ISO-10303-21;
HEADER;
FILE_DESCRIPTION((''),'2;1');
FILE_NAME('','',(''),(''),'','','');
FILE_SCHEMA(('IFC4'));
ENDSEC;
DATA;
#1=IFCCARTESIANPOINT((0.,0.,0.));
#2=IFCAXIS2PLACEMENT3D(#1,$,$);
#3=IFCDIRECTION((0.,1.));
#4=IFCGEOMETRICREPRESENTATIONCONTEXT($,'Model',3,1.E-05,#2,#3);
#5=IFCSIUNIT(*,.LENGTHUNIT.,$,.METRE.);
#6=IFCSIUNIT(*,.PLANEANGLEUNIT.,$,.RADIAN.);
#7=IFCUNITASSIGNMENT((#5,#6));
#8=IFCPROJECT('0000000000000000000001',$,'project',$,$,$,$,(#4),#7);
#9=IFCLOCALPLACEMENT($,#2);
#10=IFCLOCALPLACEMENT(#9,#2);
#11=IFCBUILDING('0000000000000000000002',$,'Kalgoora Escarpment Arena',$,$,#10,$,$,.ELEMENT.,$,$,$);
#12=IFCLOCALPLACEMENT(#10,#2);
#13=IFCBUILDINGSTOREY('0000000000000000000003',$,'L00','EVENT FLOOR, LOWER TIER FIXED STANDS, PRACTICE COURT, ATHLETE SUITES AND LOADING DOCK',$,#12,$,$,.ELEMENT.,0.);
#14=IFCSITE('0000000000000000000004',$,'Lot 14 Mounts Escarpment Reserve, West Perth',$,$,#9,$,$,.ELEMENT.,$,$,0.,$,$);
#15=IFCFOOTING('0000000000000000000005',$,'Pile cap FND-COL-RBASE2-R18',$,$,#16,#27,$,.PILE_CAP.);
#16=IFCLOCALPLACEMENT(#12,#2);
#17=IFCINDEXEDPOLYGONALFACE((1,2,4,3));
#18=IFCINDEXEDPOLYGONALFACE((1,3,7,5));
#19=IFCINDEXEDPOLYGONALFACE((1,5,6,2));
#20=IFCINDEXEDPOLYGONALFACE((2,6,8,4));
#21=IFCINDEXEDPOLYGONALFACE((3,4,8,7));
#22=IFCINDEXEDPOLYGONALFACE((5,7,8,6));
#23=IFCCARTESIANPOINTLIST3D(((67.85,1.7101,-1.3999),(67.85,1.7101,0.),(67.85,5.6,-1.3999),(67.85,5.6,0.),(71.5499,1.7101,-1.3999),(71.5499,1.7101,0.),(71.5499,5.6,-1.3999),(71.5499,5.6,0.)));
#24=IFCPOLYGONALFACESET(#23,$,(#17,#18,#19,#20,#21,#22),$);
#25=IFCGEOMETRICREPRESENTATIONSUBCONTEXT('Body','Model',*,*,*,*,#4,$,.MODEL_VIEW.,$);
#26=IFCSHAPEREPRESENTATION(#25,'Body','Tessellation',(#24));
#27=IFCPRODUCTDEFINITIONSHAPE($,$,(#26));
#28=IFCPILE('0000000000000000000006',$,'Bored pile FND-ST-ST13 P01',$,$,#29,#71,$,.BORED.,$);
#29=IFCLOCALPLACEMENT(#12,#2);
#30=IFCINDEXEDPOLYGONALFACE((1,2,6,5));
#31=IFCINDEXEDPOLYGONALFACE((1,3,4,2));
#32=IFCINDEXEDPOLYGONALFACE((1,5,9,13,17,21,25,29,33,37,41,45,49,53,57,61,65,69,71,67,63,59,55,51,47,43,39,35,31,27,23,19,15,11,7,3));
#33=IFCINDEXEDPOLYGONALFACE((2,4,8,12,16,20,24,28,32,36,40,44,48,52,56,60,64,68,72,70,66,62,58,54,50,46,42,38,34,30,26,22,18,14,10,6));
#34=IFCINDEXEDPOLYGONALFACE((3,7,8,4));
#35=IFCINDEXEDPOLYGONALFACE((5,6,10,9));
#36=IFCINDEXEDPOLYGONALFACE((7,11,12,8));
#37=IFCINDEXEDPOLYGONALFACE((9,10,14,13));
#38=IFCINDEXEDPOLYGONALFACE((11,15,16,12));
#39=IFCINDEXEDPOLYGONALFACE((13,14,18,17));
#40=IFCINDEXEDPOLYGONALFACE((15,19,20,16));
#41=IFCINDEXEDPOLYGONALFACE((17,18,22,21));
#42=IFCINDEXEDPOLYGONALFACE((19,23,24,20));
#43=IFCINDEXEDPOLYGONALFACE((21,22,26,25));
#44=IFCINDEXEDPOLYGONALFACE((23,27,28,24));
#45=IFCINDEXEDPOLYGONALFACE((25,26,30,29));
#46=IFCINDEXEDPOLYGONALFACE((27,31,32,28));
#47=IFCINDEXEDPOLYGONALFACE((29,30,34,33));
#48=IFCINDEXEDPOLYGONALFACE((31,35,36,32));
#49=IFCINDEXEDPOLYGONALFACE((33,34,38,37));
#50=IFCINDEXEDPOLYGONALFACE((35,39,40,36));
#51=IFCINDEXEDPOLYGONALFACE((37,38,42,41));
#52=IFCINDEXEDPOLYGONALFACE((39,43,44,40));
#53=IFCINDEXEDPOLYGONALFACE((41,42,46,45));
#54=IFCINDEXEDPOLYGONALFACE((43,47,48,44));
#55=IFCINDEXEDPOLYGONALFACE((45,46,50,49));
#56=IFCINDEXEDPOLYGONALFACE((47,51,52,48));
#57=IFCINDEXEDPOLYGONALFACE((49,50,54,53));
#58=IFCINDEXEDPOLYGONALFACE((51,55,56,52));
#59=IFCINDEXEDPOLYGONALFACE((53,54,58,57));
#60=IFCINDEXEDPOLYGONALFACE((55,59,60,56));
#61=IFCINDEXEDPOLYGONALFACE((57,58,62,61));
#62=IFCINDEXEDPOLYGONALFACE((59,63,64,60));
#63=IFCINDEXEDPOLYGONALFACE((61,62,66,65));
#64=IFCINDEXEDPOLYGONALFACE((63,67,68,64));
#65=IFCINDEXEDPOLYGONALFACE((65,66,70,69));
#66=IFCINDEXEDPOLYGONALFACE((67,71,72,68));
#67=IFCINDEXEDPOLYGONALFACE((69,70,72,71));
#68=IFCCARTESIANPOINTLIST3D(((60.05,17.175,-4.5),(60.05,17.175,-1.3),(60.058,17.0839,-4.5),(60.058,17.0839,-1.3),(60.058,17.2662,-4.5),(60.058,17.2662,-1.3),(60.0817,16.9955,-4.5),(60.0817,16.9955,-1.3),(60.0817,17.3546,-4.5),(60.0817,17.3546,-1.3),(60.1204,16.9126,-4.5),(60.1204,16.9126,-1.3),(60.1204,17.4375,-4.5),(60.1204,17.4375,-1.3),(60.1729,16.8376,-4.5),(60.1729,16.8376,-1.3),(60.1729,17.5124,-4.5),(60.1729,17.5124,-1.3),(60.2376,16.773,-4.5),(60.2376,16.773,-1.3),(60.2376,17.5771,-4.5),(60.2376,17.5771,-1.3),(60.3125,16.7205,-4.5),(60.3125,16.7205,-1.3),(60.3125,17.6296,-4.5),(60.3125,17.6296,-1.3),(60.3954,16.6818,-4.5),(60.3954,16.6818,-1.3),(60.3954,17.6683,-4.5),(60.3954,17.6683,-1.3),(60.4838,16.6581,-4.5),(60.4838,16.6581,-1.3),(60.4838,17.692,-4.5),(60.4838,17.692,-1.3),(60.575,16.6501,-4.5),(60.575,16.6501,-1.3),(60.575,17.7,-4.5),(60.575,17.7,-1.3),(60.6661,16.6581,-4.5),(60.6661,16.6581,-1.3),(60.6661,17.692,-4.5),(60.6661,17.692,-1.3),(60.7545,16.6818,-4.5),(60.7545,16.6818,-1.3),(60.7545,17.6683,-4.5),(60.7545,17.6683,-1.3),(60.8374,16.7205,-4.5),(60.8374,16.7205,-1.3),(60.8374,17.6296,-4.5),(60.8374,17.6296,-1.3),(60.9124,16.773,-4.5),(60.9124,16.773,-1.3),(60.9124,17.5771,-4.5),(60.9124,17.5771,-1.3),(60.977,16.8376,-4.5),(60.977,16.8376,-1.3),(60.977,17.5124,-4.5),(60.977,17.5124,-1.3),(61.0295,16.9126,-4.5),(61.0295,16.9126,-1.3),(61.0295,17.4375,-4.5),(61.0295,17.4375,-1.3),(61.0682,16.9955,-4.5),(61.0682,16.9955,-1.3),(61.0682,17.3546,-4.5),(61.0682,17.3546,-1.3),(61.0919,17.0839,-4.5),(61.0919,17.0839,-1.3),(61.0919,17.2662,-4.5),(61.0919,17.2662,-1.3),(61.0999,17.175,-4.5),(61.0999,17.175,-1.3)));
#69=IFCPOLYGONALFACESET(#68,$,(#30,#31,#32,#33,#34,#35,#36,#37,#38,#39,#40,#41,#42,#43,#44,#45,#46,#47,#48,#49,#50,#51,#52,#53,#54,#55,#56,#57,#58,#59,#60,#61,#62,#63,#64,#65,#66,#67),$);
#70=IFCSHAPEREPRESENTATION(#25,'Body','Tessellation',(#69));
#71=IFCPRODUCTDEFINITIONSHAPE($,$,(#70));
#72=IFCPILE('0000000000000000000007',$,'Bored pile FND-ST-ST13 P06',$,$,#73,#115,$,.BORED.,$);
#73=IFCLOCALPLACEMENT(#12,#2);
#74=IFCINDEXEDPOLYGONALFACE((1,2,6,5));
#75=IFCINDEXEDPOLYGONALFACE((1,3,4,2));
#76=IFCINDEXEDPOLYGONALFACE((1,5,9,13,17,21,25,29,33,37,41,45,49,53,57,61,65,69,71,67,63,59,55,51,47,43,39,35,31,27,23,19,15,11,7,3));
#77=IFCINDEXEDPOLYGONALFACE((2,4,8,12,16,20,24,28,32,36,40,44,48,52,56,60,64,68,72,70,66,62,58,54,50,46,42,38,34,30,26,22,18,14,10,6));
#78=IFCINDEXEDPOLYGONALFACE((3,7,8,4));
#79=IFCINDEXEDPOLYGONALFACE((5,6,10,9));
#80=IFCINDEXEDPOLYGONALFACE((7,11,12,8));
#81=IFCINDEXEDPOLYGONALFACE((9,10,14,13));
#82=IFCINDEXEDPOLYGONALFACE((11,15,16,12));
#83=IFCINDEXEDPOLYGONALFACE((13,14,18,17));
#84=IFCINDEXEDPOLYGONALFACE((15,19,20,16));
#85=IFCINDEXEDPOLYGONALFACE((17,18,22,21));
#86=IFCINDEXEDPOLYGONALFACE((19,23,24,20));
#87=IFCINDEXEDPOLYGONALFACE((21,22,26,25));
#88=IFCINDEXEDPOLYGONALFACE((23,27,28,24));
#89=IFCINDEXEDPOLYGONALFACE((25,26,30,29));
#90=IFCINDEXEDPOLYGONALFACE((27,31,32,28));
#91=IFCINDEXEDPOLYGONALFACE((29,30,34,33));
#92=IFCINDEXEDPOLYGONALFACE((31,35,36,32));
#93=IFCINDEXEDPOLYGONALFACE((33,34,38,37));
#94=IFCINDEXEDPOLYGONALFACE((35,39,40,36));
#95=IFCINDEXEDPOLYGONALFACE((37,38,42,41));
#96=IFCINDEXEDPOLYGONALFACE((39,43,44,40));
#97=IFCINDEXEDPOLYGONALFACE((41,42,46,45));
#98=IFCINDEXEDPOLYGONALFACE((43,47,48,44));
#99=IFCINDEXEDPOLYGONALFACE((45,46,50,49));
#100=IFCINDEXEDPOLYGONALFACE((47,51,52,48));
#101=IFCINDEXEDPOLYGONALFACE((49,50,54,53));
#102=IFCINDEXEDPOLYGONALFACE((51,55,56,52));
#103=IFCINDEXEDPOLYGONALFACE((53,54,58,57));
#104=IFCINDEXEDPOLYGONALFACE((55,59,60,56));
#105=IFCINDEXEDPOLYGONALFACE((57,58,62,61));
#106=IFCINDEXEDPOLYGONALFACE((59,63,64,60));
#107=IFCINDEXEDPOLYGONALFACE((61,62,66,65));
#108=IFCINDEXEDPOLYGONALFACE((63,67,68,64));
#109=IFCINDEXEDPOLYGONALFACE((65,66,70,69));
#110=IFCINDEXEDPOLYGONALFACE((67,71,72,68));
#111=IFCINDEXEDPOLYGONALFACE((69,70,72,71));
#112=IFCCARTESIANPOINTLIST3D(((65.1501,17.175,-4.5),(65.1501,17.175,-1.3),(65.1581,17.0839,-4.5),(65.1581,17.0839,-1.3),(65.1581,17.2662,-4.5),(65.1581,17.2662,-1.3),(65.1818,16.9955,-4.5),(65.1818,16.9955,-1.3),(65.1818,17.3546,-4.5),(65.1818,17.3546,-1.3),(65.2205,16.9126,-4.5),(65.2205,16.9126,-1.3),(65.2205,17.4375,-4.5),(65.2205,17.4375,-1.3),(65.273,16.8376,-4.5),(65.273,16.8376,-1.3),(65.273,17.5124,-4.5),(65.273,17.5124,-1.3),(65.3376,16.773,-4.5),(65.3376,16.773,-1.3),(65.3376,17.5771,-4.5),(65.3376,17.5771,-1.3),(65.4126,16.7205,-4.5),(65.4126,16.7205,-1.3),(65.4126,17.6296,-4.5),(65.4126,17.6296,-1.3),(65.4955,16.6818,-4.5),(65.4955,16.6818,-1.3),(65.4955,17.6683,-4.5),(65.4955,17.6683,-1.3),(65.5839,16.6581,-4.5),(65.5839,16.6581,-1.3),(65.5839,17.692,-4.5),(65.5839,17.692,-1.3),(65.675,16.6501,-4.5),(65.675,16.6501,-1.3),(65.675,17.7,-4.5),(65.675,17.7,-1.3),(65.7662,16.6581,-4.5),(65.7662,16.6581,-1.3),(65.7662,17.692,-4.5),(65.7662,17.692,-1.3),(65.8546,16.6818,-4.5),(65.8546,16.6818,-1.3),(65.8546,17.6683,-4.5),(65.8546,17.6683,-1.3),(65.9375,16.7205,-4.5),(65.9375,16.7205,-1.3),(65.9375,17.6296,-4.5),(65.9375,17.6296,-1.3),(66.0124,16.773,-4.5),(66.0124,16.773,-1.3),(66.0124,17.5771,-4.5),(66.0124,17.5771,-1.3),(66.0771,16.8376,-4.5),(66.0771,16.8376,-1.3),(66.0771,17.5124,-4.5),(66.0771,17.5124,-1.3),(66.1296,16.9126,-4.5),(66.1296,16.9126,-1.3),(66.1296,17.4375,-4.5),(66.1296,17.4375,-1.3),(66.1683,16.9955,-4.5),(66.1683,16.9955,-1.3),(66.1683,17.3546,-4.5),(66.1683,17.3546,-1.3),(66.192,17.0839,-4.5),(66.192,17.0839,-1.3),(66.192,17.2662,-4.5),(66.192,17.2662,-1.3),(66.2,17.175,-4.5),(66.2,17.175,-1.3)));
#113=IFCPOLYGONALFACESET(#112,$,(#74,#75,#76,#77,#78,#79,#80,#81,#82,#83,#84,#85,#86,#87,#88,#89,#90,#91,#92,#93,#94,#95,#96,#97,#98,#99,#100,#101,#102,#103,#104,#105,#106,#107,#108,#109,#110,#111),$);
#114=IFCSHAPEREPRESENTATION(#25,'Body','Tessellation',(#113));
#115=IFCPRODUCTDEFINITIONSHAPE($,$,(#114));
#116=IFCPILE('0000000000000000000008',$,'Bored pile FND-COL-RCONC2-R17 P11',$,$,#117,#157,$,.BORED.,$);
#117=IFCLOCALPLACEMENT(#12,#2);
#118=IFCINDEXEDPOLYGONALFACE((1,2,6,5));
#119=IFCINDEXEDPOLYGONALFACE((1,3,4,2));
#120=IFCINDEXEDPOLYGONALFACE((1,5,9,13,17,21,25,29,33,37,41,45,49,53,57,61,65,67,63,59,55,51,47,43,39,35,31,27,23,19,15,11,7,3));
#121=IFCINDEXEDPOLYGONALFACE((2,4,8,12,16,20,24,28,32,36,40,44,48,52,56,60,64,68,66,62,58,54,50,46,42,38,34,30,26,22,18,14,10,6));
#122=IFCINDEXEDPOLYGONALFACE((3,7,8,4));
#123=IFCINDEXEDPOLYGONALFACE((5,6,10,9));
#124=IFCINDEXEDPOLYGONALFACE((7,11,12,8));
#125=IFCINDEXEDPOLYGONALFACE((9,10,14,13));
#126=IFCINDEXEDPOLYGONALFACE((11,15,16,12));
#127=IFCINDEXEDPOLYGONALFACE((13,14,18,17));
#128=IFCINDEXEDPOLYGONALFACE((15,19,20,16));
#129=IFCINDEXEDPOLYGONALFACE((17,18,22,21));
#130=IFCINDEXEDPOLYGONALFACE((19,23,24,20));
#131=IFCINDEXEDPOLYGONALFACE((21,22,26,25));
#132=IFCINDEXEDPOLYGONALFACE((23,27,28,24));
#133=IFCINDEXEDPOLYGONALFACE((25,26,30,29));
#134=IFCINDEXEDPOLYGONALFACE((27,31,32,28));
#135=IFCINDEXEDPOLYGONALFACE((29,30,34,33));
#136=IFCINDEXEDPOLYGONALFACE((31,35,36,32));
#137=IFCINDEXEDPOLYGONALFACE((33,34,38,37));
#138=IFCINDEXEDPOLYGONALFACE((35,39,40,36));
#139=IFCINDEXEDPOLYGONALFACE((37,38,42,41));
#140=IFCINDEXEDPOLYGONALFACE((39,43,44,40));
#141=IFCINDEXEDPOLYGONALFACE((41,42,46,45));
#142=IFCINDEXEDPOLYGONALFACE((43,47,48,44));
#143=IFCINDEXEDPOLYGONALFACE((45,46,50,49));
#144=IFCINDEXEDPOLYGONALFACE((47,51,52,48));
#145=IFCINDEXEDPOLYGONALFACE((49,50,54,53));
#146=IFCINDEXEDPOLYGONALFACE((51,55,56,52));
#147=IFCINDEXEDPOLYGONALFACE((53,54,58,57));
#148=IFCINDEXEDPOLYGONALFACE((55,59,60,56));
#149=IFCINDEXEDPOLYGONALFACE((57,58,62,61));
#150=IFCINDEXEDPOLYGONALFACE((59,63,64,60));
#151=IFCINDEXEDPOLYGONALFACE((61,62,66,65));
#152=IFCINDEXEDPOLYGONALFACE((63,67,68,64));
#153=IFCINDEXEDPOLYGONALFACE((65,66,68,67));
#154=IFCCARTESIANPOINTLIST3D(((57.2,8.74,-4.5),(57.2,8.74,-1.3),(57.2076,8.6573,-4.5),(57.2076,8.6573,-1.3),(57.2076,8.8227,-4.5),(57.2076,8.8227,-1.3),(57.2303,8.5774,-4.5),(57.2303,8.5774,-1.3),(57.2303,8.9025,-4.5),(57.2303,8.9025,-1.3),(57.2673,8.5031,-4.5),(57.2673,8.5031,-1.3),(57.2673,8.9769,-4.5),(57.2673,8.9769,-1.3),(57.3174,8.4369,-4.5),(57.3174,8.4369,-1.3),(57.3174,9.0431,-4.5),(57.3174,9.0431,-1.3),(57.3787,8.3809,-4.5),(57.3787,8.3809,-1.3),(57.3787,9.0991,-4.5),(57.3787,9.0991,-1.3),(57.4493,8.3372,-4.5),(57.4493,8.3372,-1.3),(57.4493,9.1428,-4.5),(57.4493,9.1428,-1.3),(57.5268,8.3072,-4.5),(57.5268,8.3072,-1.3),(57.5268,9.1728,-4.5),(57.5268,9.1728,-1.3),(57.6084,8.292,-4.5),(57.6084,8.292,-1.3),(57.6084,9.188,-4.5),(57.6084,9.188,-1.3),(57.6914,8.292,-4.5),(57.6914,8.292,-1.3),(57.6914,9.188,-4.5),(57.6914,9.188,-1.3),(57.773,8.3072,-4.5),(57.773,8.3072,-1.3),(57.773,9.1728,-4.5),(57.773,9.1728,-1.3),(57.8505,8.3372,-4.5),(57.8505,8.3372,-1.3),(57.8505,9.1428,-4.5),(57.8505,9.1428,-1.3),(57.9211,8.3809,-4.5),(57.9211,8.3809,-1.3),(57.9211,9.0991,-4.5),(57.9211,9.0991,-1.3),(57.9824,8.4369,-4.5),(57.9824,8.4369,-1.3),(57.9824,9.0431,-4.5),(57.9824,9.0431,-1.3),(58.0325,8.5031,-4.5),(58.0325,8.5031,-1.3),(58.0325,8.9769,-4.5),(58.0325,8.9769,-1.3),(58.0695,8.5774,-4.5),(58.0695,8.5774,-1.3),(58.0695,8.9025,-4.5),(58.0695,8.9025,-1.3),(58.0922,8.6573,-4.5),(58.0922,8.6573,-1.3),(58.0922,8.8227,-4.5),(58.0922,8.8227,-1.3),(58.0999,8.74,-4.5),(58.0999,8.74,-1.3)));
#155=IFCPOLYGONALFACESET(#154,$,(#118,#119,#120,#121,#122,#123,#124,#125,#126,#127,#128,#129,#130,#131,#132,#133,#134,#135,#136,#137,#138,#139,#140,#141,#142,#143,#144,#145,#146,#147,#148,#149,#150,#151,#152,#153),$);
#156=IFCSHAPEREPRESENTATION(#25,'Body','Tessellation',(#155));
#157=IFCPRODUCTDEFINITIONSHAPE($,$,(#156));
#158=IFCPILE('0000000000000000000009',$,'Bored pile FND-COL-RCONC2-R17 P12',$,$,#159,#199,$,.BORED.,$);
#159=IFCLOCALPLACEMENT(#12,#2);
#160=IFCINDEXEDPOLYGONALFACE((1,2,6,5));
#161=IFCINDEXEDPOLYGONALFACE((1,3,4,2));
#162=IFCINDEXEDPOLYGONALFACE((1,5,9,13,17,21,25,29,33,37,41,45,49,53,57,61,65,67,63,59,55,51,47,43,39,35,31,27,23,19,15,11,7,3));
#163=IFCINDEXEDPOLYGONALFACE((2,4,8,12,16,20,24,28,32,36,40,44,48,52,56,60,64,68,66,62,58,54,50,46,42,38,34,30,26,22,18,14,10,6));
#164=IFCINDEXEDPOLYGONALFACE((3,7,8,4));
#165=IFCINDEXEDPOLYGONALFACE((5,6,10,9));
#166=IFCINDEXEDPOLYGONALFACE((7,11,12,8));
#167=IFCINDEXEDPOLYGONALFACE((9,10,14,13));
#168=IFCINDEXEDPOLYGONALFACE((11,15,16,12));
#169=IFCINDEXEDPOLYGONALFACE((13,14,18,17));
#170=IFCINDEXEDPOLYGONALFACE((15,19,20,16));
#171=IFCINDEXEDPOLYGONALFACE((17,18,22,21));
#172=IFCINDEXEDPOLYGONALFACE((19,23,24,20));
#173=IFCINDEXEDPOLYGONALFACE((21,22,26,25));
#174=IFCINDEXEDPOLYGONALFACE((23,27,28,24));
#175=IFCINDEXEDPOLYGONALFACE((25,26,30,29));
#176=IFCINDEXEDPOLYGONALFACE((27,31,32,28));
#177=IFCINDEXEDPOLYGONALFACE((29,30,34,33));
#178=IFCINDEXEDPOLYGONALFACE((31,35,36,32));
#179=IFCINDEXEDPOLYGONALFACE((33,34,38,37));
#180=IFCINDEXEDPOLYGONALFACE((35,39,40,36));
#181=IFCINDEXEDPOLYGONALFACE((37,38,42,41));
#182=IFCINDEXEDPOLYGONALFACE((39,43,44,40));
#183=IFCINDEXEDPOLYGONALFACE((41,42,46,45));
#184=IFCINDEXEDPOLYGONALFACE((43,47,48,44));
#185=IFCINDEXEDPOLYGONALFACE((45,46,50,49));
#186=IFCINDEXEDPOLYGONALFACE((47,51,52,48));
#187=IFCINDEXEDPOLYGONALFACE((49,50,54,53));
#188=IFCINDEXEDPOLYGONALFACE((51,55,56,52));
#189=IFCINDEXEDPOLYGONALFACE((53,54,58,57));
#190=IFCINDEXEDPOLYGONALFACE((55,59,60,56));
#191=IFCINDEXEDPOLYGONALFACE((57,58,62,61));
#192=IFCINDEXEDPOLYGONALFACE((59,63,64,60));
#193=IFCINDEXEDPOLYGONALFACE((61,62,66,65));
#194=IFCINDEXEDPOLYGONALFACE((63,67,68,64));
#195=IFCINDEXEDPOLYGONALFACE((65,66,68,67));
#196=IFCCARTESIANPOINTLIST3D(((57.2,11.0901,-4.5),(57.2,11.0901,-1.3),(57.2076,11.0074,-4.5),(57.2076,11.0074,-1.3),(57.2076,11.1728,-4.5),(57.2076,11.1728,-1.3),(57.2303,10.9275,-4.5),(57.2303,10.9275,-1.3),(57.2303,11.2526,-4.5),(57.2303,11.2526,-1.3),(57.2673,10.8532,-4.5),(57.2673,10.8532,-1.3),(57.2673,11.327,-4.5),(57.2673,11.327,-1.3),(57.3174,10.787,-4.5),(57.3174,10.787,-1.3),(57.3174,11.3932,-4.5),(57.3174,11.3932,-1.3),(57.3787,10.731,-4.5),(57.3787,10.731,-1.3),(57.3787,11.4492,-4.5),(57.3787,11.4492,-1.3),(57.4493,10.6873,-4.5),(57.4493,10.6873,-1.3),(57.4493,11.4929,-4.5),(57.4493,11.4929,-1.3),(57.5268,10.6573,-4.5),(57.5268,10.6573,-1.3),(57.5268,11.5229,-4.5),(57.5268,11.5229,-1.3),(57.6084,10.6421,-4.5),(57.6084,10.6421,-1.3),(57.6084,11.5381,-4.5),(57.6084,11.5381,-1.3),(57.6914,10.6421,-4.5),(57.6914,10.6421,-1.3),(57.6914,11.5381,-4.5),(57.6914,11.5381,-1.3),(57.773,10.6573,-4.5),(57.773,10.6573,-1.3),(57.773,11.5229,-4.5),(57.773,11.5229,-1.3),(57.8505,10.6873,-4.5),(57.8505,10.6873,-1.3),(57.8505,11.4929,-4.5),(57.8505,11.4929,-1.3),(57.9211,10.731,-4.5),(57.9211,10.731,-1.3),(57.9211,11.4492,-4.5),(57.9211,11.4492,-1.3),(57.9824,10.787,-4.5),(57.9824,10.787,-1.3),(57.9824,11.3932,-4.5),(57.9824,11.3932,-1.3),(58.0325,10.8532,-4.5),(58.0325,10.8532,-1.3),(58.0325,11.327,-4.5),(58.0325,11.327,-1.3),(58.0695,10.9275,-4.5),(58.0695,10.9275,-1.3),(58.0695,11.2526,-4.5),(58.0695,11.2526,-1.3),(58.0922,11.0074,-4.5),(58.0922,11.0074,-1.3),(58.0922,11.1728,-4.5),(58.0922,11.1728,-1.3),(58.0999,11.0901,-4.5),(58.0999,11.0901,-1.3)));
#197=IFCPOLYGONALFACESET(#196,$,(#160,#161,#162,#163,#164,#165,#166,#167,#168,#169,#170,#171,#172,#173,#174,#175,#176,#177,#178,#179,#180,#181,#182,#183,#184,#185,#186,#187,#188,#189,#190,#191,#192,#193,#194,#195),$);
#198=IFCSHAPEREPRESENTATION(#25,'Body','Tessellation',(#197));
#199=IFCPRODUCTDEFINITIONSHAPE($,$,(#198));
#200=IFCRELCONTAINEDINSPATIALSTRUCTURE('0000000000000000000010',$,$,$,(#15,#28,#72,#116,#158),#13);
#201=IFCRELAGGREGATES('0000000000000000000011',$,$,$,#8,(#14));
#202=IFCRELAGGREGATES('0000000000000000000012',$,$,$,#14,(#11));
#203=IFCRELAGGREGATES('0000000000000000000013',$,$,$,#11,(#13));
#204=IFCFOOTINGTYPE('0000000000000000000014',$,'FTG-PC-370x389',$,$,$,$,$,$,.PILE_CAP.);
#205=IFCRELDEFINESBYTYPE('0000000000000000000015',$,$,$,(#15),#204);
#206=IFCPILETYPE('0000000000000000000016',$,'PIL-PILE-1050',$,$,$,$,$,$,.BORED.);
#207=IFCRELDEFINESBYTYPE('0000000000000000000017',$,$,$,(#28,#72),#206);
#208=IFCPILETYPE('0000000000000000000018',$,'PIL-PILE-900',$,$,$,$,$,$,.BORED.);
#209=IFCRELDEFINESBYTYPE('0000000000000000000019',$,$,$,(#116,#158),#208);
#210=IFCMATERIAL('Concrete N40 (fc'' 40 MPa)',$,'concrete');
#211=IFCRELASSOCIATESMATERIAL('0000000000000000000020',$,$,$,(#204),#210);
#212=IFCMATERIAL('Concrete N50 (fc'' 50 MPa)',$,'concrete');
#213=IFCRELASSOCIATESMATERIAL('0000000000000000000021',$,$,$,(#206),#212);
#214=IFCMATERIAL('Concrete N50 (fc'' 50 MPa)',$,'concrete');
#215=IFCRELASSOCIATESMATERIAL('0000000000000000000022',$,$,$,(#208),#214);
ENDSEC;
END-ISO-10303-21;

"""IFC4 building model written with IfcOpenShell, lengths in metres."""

from ifc_helpers import new_model, si_unit, direction, frame, origin, origin_2d, place, context, subcontext, project, spatial, rectangle, circle, extrude, material, material_profile, profile_set, type_object, element, save


model = new_model("IFC4")

# Units and contexts
model_context = context("Model", 3, precision=1e-05, world=origin(), true_north=direction((0.0, 1.0)))
body_context = subcontext(model_context, "Body", "Model", "MODEL_VIEW")
ifc_project = project(units=[si_unit("LENGTHUNIT", "METRE"), si_unit("PLANEANGLEUNIT", "RADIAN")], contexts=[model_context])

# Site, building, storey
site_placement = place(None, origin())
site = spatial("IfcSite", under=ifc_project, at=site_placement, Name="Lot 14 Mounts Escarpment Reserve, West Perth", CompositionType="ELEMENT", RefElevation=0.0)
building_placement = place(site_placement, origin())
building = spatial("IfcBuilding", under=site, at=building_placement, Name="Kalgoora Escarpment Arena", CompositionType="ELEMENT")
storey_placement = place(building_placement, origin())
storey = spatial("IfcBuildingStorey", under=building, at=storey_placement, Name="L00", Description="EVENT FLOOR, LOWER TIER FIXED STANDS, PRACTICE COURT, ATHLETE SUITES AND LOADING DOCK", CompositionType="ELEMENT", Elevation=0.0)

# Footing
ifc_material_1 = material(Name="Concrete N40 (fc' 40 MPa)", Category="concrete")
footing_type = type_object("IfcFootingType", Name="FTG-PC-370x389", PredefinedType="PILE_CAP", material=ifc_material_1)
footing_placement = place(storey_placement, frame((69.7, 3.655, -1.3999), z_axis=(0.0, 0.0, 1.0), x_axis=(1.0, 0.0, 0.0)))
element("IfcFooting", 1, at=footing_placement, inside=storey, type_object=footing_type, Name="Pile cap FND-COL-RBASE2-R18", PredefinedType="PILE_CAP", context=body_context, shape_type="SweptSolid", body=[
    extrude(rectangle(XDim=3.7, YDim=3.8899, at=origin_2d()), origin(), (0.0, 0.0, 1.0), 1.3999),
])

# Piles
ifc_material_2 = material(Name="Concrete N50 (fc' 50 MPa)", Category="concrete")
ifc_material_profile_1 = material_profile(ifc_material_2, circle(Radius=0.5249, at=origin_2d()))
ifc_profile_set_1 = profile_set([ifc_material_profile_1], Name="Concrete N50 (fc' 50 MPa)")
pile_type_1 = type_object("IfcPileType", Name="PIL-PILE-1050", PredefinedType="BORED", material=ifc_profile_set_1)
for number, where, z_axis, x_axis, name in (
    (2, (60.575, 17.175, -1.3), (0.0, 0.0, -1.0), (1.0, 0.0, 0.0), "Bored pile FND-ST-ST13 P01"),
    (3, (65.675, 17.175, -1.3), (0.0, 0.0, -1.0), (1.0, 0.0, 0.0), "Bored pile FND-ST-ST13 P06"),
):
    element("IfcPile", number, at=place(storey_placement, frame(where, z_axis=z_axis, x_axis=x_axis)), inside=storey, type_object=pile_type_1, Name=name, PredefinedType="BORED", context=body_context, shape_type="SweptSolid", body=[
        extrude(circle(Radius=0.5249, at=origin_2d()), origin(), (0.0, 0.0, 1.0), 3.2),
    ])
ifc_material_3 = material(Name="Concrete N50 (fc' 50 MPa)", Category="concrete")
ifc_material_profile_2 = material_profile(ifc_material_3, circle(Radius=0.45, at=origin_2d()))
ifc_profile_set_2 = profile_set([ifc_material_profile_2], Name="Concrete N50 (fc' 50 MPa)")
pile_type_2 = type_object("IfcPileType", Name="PIL-PILE-900", PredefinedType="BORED", material=ifc_profile_set_2)
for number, where, z_axis, x_axis, name in (
    (4, (57.6499, 8.74, -1.3), (0.0, 0.0, -1.0), (1.0, 0.0, 0.0), "Bored pile FND-COL-RCONC2-R17 P11"),
    (5, (57.6499, 11.0901, -1.3), (0.0, 0.0, -1.0), (1.0, 0.0, 0.0), "Bored pile FND-COL-RCONC2-R17 P12"),
):
    element("IfcPile", number, at=place(storey_placement, frame(where, z_axis=z_axis, x_axis=x_axis)), inside=storey, type_object=pile_type_2, Name=name, PredefinedType="BORED", context=body_context, shape_type="SweptSolid", body=[
        extrude(circle(Radius=0.45, at=origin_2d()), origin(), (0.0, 0.0, 1.0), 3.2),
    ])

save(model, "model.ifc")
